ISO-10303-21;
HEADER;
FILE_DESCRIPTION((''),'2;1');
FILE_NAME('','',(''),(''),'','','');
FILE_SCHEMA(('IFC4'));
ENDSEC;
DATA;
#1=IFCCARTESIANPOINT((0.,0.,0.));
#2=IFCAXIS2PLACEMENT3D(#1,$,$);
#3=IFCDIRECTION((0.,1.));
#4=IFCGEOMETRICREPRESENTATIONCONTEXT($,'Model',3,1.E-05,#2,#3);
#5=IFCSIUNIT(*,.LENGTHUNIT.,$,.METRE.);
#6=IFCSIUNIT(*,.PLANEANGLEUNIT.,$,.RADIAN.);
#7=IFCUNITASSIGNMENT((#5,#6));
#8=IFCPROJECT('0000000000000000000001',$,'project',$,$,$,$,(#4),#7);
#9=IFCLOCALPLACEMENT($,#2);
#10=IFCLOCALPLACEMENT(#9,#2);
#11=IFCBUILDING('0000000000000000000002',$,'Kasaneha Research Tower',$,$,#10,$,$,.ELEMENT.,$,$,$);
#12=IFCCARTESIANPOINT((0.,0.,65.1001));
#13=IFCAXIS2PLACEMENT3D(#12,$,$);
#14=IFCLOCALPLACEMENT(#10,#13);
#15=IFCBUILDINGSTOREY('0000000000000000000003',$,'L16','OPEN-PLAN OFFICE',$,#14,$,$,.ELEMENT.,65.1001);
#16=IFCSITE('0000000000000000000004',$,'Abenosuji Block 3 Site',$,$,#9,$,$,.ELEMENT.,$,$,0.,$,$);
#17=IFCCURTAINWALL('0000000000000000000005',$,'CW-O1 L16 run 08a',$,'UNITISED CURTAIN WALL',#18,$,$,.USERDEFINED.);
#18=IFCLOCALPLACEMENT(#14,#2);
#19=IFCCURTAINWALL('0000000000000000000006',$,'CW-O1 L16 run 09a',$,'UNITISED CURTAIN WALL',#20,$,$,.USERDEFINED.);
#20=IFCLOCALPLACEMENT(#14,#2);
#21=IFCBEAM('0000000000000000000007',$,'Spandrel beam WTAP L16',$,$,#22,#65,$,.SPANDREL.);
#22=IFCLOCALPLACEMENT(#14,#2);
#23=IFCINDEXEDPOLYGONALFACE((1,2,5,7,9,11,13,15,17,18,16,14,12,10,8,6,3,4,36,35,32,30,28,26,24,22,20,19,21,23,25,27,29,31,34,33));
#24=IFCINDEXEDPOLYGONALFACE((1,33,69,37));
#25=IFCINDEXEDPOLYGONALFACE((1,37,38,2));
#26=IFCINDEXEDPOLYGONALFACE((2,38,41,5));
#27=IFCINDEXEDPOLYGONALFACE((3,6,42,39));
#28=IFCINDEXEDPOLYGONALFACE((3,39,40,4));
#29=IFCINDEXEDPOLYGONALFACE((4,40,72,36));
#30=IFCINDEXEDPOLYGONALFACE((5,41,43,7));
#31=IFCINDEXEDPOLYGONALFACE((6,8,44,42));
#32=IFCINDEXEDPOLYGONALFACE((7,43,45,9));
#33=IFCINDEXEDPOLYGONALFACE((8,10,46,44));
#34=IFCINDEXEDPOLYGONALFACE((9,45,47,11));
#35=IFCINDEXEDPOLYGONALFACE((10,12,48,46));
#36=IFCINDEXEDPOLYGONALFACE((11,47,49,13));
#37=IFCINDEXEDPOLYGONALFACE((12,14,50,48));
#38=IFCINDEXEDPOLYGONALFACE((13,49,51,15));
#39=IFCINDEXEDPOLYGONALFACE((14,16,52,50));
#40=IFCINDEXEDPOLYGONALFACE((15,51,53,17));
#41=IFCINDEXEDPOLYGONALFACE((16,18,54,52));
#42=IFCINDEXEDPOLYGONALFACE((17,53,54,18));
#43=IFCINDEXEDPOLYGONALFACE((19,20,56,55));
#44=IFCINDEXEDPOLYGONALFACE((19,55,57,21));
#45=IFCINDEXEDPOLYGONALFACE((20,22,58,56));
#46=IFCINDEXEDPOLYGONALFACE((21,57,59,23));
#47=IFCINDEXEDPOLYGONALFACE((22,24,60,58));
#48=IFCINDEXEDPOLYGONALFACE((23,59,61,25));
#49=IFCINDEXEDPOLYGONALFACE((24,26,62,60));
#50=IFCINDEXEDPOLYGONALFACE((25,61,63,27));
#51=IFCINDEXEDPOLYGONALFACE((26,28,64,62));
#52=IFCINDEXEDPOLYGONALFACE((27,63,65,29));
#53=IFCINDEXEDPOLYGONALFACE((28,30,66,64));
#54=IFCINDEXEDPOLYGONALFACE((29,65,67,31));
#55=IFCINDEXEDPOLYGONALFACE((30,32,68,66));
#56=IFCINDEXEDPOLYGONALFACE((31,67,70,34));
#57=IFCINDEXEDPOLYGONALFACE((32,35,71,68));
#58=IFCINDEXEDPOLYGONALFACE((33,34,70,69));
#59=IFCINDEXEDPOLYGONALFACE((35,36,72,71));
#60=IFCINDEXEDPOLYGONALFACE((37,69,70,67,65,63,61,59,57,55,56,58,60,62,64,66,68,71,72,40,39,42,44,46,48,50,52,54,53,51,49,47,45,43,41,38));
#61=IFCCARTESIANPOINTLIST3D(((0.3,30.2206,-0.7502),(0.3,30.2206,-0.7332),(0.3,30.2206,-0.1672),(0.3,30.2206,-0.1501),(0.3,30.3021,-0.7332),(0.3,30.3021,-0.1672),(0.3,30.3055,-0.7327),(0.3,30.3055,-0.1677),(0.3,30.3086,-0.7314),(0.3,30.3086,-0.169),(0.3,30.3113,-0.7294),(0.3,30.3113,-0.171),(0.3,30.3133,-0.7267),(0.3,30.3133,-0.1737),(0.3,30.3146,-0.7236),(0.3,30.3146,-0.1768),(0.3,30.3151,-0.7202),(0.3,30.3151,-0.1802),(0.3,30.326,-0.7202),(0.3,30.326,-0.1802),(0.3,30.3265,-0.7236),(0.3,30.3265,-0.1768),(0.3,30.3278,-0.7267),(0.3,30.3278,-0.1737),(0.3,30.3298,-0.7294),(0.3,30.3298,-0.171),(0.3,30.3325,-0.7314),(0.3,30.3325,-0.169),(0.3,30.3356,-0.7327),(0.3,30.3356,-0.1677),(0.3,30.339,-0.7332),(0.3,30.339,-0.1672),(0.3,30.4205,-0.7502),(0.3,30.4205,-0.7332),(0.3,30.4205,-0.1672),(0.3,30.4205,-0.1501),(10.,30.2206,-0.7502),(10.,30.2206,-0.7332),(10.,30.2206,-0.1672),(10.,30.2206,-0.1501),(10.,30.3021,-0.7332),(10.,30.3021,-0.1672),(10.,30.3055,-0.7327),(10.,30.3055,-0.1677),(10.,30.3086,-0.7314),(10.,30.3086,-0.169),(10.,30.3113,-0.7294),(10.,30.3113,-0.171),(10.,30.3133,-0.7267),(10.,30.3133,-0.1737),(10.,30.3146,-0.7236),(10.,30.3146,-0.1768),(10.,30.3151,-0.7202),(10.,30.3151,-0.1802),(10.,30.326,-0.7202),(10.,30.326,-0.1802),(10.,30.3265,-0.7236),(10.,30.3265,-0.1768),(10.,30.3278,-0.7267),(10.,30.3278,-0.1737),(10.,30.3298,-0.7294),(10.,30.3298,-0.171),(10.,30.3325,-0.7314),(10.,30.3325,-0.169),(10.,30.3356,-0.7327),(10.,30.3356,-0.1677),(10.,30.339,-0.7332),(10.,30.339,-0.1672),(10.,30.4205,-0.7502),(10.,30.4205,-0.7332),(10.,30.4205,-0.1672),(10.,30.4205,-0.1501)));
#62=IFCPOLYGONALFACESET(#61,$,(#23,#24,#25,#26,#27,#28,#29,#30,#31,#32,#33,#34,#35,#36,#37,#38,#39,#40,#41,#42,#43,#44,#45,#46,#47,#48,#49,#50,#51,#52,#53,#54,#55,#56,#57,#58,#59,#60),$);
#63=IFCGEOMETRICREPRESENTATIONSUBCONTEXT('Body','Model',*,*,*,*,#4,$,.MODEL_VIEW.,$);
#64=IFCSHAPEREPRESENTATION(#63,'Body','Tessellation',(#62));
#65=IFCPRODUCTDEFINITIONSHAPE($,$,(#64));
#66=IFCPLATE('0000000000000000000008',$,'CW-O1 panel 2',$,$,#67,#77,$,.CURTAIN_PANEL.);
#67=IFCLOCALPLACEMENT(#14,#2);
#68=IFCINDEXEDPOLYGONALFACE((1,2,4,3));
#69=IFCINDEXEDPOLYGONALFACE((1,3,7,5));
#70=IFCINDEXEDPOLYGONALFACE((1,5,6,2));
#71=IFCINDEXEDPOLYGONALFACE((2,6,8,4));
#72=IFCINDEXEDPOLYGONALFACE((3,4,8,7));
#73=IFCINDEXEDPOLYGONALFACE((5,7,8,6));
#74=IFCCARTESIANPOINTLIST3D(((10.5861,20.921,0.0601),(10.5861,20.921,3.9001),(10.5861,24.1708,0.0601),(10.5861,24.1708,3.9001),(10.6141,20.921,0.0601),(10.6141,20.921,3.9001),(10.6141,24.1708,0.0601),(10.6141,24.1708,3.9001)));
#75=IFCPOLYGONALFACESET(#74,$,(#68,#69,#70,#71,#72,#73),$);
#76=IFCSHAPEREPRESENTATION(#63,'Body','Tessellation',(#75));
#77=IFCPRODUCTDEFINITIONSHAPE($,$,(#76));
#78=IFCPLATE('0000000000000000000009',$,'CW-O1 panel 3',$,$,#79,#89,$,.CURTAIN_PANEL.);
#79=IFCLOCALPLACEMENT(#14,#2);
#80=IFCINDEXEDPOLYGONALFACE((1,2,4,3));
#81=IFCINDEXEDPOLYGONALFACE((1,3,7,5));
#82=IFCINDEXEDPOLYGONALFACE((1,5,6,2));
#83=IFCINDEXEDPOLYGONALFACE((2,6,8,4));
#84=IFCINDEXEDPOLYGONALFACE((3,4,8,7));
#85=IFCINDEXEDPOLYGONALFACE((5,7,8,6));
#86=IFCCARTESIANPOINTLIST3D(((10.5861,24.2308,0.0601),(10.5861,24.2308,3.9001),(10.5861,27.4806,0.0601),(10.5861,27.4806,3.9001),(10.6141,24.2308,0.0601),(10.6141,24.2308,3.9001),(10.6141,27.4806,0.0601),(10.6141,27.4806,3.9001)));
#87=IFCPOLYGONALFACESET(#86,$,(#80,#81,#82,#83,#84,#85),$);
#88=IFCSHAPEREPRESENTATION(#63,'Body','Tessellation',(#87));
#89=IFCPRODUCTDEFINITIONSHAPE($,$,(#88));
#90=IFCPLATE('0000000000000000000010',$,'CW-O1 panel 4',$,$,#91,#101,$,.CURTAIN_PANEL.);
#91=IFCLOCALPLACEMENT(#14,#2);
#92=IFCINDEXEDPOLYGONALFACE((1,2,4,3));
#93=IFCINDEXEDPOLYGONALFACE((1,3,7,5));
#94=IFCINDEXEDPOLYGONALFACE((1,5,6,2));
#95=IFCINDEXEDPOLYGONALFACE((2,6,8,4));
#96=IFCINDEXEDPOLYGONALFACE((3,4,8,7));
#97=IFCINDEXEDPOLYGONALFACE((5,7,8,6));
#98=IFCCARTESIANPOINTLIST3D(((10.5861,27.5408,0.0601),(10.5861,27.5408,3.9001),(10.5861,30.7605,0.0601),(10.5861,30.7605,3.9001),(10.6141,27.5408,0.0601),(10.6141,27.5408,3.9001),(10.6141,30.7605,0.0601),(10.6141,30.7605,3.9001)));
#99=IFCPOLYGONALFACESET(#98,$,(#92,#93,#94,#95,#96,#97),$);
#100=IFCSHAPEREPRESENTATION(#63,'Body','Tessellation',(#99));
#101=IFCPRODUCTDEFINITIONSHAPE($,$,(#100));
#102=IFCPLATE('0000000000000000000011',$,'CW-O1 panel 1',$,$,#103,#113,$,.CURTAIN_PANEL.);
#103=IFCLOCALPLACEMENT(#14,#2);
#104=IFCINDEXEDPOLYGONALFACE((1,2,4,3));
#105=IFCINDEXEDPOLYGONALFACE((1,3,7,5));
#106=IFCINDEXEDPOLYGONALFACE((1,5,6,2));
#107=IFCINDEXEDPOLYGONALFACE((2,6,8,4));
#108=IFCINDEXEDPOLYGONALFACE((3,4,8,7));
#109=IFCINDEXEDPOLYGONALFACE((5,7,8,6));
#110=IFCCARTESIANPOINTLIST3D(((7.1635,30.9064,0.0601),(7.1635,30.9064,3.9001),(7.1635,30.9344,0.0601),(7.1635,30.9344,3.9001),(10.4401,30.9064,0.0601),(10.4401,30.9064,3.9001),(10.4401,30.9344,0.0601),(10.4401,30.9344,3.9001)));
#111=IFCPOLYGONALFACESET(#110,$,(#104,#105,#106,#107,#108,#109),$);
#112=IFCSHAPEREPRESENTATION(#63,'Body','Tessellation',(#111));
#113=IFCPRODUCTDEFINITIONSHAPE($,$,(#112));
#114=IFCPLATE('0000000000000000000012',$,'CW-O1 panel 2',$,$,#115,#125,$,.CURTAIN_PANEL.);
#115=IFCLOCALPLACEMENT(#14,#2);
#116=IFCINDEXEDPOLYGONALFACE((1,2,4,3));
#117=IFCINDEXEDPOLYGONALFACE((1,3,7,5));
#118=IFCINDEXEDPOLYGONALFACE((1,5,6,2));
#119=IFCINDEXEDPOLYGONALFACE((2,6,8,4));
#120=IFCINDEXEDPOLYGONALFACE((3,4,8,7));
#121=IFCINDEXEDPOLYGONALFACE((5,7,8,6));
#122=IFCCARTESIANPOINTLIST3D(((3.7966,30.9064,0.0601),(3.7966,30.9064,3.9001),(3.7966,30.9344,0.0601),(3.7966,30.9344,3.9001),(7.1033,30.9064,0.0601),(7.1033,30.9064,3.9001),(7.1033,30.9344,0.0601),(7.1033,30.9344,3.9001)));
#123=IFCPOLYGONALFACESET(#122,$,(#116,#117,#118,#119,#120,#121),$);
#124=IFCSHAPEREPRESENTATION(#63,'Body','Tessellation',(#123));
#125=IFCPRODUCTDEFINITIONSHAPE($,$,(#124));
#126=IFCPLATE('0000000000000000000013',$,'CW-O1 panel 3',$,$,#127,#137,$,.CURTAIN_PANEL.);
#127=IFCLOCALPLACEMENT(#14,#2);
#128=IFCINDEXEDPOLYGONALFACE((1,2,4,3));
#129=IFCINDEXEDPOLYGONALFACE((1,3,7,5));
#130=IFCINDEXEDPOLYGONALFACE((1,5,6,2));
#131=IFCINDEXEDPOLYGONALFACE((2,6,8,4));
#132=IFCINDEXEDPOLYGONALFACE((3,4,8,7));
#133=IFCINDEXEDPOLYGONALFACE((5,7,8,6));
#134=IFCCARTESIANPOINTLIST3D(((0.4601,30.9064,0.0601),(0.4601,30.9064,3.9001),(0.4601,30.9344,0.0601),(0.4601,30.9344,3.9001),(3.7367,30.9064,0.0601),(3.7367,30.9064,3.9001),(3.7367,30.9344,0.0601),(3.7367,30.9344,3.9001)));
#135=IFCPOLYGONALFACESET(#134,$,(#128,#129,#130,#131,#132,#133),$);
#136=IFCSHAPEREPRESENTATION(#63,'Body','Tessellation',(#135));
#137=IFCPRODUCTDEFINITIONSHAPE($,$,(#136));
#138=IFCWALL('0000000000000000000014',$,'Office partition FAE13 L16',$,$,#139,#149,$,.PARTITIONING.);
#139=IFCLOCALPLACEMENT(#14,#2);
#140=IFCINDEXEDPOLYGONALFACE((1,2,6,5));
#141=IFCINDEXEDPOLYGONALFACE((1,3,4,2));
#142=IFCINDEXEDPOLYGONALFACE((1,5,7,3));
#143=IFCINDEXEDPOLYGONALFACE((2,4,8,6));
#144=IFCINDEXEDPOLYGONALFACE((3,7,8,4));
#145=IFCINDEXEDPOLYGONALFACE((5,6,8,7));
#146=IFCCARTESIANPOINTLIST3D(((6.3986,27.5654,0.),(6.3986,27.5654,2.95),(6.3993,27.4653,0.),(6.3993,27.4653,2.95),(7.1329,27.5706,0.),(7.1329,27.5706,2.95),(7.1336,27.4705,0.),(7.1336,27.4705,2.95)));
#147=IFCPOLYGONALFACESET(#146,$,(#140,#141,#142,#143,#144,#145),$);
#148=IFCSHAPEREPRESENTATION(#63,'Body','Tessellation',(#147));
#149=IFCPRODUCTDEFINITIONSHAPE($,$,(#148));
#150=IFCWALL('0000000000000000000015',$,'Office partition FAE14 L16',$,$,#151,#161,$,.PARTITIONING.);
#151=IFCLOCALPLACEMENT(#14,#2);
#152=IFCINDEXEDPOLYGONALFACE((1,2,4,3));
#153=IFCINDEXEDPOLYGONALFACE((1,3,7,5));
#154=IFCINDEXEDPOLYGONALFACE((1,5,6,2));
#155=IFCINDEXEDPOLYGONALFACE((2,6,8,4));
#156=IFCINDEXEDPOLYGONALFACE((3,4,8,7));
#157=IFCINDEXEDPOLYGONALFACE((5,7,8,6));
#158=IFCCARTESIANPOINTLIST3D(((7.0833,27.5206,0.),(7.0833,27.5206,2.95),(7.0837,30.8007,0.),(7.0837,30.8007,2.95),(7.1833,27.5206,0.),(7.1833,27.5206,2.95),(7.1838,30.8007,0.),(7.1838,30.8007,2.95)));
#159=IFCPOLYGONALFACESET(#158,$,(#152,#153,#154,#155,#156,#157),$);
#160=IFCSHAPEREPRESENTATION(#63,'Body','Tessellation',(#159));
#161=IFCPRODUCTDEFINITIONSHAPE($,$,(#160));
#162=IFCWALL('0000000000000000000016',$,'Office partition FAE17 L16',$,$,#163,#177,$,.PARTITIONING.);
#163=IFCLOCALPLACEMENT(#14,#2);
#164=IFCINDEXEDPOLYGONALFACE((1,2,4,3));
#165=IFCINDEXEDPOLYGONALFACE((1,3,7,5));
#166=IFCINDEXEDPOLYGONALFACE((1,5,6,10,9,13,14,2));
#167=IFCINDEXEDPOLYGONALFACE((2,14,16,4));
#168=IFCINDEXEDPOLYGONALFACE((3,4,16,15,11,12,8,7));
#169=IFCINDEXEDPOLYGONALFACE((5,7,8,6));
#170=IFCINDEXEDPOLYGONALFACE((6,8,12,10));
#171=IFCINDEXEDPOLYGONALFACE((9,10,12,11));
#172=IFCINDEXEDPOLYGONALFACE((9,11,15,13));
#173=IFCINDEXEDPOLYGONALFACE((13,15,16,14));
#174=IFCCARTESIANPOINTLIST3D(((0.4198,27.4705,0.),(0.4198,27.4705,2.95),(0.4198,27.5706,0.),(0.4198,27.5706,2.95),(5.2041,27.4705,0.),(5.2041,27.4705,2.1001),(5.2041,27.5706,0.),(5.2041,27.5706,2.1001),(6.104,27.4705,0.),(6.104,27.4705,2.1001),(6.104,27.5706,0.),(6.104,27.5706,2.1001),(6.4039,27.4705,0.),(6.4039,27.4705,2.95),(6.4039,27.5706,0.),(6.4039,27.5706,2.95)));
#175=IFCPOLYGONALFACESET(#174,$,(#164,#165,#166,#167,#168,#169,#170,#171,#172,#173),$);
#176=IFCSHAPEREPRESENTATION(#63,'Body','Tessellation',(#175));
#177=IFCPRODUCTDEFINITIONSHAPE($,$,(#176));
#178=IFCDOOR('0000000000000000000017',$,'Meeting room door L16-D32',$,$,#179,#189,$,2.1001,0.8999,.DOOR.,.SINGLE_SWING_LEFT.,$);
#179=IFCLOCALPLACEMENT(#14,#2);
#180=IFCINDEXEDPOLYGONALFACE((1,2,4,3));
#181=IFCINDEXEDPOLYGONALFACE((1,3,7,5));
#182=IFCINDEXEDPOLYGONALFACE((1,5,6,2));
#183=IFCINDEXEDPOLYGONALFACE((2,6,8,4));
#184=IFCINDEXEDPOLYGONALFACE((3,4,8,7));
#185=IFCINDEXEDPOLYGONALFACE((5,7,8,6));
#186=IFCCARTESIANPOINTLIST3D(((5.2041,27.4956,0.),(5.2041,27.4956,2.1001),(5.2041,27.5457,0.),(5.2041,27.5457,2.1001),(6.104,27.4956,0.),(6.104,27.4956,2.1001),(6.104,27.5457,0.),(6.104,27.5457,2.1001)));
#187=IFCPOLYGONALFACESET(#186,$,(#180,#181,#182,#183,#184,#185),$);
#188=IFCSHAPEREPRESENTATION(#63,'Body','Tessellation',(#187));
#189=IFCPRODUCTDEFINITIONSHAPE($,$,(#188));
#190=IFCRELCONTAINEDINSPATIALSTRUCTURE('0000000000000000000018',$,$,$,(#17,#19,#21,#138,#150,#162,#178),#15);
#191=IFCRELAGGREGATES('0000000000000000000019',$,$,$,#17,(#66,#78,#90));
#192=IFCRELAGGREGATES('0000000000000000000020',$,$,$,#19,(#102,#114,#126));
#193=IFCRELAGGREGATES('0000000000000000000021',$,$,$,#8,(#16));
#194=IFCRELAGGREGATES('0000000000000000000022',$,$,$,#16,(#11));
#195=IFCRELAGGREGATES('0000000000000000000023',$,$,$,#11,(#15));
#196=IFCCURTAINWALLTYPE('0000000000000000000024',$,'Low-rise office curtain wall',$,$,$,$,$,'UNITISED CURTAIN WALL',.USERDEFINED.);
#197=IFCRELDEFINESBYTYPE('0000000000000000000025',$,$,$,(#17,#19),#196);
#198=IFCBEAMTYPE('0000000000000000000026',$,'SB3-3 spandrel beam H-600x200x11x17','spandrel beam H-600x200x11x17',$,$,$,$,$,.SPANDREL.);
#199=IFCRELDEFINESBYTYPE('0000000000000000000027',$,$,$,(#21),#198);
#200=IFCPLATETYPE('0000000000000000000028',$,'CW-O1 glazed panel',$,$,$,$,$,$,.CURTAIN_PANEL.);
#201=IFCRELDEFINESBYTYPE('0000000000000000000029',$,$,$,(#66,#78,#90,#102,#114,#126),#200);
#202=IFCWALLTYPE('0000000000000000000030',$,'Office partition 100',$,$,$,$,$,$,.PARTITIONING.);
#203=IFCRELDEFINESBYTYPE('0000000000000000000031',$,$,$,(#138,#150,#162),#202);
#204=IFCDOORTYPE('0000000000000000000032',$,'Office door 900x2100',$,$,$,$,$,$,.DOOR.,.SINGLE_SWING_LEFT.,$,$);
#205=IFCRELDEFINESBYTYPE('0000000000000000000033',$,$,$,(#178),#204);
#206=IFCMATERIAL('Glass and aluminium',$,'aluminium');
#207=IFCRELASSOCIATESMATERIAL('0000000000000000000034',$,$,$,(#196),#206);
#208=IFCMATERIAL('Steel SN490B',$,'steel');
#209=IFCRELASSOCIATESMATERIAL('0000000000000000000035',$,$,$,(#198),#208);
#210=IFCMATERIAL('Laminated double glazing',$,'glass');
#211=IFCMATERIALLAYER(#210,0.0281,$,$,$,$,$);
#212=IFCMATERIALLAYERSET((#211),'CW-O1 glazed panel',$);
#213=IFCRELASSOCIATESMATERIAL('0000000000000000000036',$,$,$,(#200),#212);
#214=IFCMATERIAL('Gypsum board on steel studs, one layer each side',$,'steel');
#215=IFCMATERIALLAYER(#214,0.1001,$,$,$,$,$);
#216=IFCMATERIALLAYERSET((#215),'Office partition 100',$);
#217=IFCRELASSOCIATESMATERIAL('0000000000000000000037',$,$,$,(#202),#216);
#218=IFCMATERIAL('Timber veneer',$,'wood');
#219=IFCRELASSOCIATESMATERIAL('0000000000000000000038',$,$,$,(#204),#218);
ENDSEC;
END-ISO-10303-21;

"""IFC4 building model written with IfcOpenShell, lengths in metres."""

from ifc_helpers import new_model, si_unit, direction, frame, frame_2d, origin, origin_2d, place, context, subcontext, project, spatial, rectangle, i_section, extrude, material, layer, layer_set, material_profile, profile_set, type_object, element, fill, aggregate, save


model = new_model("IFC4")

# Units and contexts
model_context = context("Model", 3, precision=1e-05, world=origin(), true_north=direction((0.0, 1.0)))
body_context = subcontext(model_context, "Body", "Model", "MODEL_VIEW")
ifc_project = project(units=[si_unit("LENGTHUNIT", "METRE"), si_unit("PLANEANGLEUNIT", "RADIAN")], contexts=[model_context])

# Site, building, storey
site_placement = place(None, origin())
site = spatial("IfcSite", under=ifc_project, at=site_placement, Name="Abenosuji Block 3 Site", CompositionType="ELEMENT", RefElevation=0.0)
building_placement = place(site_placement, origin())
building = spatial("IfcBuilding", under=site, at=building_placement, Name="Kasaneha Research Tower", CompositionType="ELEMENT")
storey_placement = place(building_placement, frame((0.0, 0.0, 65.1001)))
storey = spatial("IfcBuildingStorey", under=building, at=storey_placement, Name="L16", Description="OPEN-PLAN OFFICE", CompositionType="ELEMENT", Elevation=65.1001)

# Curtain walls
ifc_material_1 = material(Name="Glass and aluminium", Category="aluminium")
curtain_wall_type = type_object("IfcCurtainWallType", Name="Low-rise office curtain wall", ElementType="UNITISED CURTAIN WALL", PredefinedType="USERDEFINED", material=ifc_material_1)
curtain_wall_1_placement = place(storey_placement, origin())
curtain_wall_1 = element("IfcCurtainWall", 1, at=curtain_wall_1_placement, inside=storey, type_object=curtain_wall_type, Name="CW-O1 L16 run 08a", ObjectType="UNITISED CURTAIN WALL", PredefinedType="USERDEFINED")
curtain_wall_2_placement = place(storey_placement, origin())
curtain_wall_2 = element("IfcCurtainWall", 2, at=curtain_wall_2_placement, inside=storey, type_object=curtain_wall_type, Name="CW-O1 L16 run 09a", ObjectType="UNITISED CURTAIN WALL", PredefinedType="USERDEFINED")

# Beam
ifc_material_2 = material(Name="Steel SN490B", Category="steel")
ifc_material_profile_1 = material_profile(ifc_material_2, i_section(OverallWidth=0.2, OverallDepth=0.6001, WebThickness=0.011, FlangeThickness=0.0171, FilletRadius=0.0129, at=origin_2d()), Name="H-600x200x11x17")
ifc_profile_set_1 = profile_set([ifc_material_profile_1], Name="Steel SN490B")
beam_type_1 = type_object("IfcBeamType", Name="SB3-3 spandrel beam H-600x200x11x17", Description="spandrel beam H-600x200x11x17", PredefinedType="SPANDREL", material=ifc_profile_set_1)
beam_1_placement = place(storey_placement, frame((10.0, 30.3206, -0.4502), z_axis=(-1.0, 0.0, 0.0), x_axis=(0.0, -1.0, 0.0)))
element("IfcBeam", 3, at=beam_1_placement, inside=storey, type_object=beam_type_1, Name="Spandrel beam WTAP L16", PredefinedType="SPANDREL", context=body_context, shape_type="SweptSolid", body=[
    extrude(i_section(OverallWidth=0.2, OverallDepth=0.6001, WebThickness=0.011, FlangeThickness=0.0171, FilletRadius=0.0129, at=origin_2d()), origin(), (0.0, 0.0, 1.0), 9.7),
])

# Plates
ifc_material_3 = material(Name="Laminated double glazing", Category="glass")
ifc_layer_1 = layer(ifc_material_3, 0.0281)
ifc_layer_set_1 = layer_set([ifc_layer_1], Name="CW-O1 glazed panel")
plate_type = type_object("IfcPlateType", Name="CW-O1 glazed panel", PredefinedType="CURTAIN_PANEL", material=ifc_layer_set_1)
plate_1_placement = place(storey_placement, frame((10.6001, 22.5459, 0.0601), z_axis=(0.0, 0.0, 1.0), x_axis=(0.0, 1.0, 0.0)))
plate_1 = element("IfcPlate", 4, at=plate_1_placement, type_object=plate_type, Name="CW-O1 panel 2", PredefinedType="CURTAIN_PANEL", context=body_context, shape_type="SweptSolid", body=[
    extrude(rectangle(XDim=3.2498, YDim=0.0281, at=origin_2d()), origin(), (0.0, 0.0, 1.0), 3.8401),
])
plate_2_placement = place(storey_placement, frame((10.6001, 25.8557, 0.0601), z_axis=(0.0, 0.0, 1.0), x_axis=(0.0, 1.0, 0.0)))
plate_2 = element("IfcPlate", 5, at=plate_2_placement, type_object=plate_type, Name="CW-O1 panel 3", PredefinedType="CURTAIN_PANEL", context=body_context, shape_type="SweptSolid", body=[
    extrude(rectangle(XDim=3.2498, YDim=0.0281, at=origin_2d()), origin(), (0.0, 0.0, 1.0), 3.8401),
])
plate_3_placement = place(storey_placement, frame((10.6001, 29.1506, 0.0601), z_axis=(0.0, 0.0, 1.0), x_axis=(0.0, 1.0, 0.0)))
plate_3 = element("IfcPlate", 6, at=plate_3_placement, type_object=plate_type, Name="CW-O1 panel 4", PredefinedType="CURTAIN_PANEL", context=body_context, shape_type="SweptSolid", body=[
    extrude(rectangle(XDim=3.2197, YDim=0.0281, at=origin_2d()), origin(), (0.0, 0.0, 1.0), 3.8401),
])
aggregate(curtain_wall_1, [plate_1, plate_2, plate_3])
plate_4_placement = place(storey_placement, frame((8.8018, 30.9204, 0.0601), z_axis=(0.0, 0.0, 1.0), x_axis=(-1.0, 0.0, 0.0)))
plate_4 = element("IfcPlate", 7, at=plate_4_placement, type_object=plate_type, Name="CW-O1 panel 1", PredefinedType="CURTAIN_PANEL", context=body_context, shape_type="SweptSolid", body=[
    extrude(rectangle(XDim=3.2766, YDim=0.0281, at=origin_2d()), origin(), (0.0, 0.0, 1.0), 3.8401),
])
plate_5_placement = place(storey_placement, frame((5.45, 30.9204, 0.0601), z_axis=(0.0, 0.0, 1.0), x_axis=(-1.0, 0.0, 0.0)))
plate_5 = element("IfcPlate", 8, at=plate_5_placement, type_object=plate_type, Name="CW-O1 panel 2", PredefinedType="CURTAIN_PANEL", context=body_context, shape_type="SweptSolid", body=[
    extrude(rectangle(XDim=3.3066, YDim=0.0281, at=origin_2d()), origin(), (0.0, 0.0, 1.0), 3.8401),
])
plate_6_placement = place(storey_placement, frame((2.0984, 30.9204, 0.0601), z_axis=(0.0, 0.0, 1.0), x_axis=(-1.0, 0.0, 0.0)))
plate_6 = element("IfcPlate", 9, at=plate_6_placement, type_object=plate_type, Name="CW-O1 panel 3", PredefinedType="CURTAIN_PANEL", context=body_context, shape_type="SweptSolid", body=[
    extrude(rectangle(XDim=3.2766, YDim=0.0281, at=origin_2d()), origin(), (0.0, 0.0, 1.0), 3.8401),
])
aggregate(curtain_wall_2, [plate_4, plate_5, plate_6])

# Walls
ifc_material_4 = material(Name="Gypsum board on steel studs, one layer each side", Category="steel")
ifc_layer_2 = layer(ifc_material_4, 0.1001)
ifc_layer_set_2 = layer_set([ifc_layer_2], Name="Office partition 100")
wall_type = type_object("IfcWallType", Name="Office partition 100", PredefinedType="PARTITIONING", material=ifc_layer_set_2)
wall_1_placement = place(storey_placement, frame((6.3989, 27.5154, 0.0), z_axis=(0.0, 0.0, 1.0), x_axis=(0.999976, 0.006981, 0.0)))
element("IfcWall", 10, at=wall_1_placement, inside=storey, type_object=wall_type, Name="Office partition FAE13 L16", PredefinedType="PARTITIONING", context=body_context, shape_type="SweptSolid", body=[
    extrude(rectangle(XDim=0.7344, YDim=0.1001, at=frame_2d((0.3672, 0.0))), origin(), (0.0, 0.0, 1.0), 2.95),
])
wall_2_placement = place(storey_placement, frame((7.1333, 27.5205, 0.0), z_axis=(0.0, 0.0, 1.0), x_axis=(0.000149, 1.0, 0.0)))
element("IfcWall", 11, at=wall_2_placement, inside=storey, type_object=wall_type, Name="Office partition FAE14 L16", PredefinedType="PARTITIONING", context=body_context, shape_type="SweptSolid", body=[
    extrude(rectangle(XDim=3.28, YDim=0.1001, at=frame_2d((1.6401, 0.0))), origin(), (0.0, 0.0, 1.0), 2.95),
])

# Wall, opening, door
wall_3_placement = place(storey_placement, frame((6.4041, 27.5205, 0.0), z_axis=(0.0, 0.0, 1.0), x_axis=(-1.0, 0.0, 0.0)))
wall_3 = element("IfcWall", 12, at=wall_3_placement, inside=storey, type_object=wall_type, Name="Office partition FAE17 L16", PredefinedType="PARTITIONING", context=body_context, shape_type="SweptSolid", body=[
    extrude(rectangle(XDim=5.9841, YDim=0.1001, at=frame_2d((2.9922, 0.0))), origin(), (0.0, 0.0, 1.0), 2.95),
])
opening_placement = place(wall_3_placement, frame((0.3, 0.0, 0.0)))
opening = element("IfcOpeningElement", 13, at=opening_placement, cuts=wall_3, PredefinedType="OPENING", context=body_context, shape_type="SweptSolid", body=[
    extrude(rectangle(XDim=0.8999, YDim=2.1001, at=frame_2d((0.45, 1.05))), frame((0.0, 0.0601, 0.0), z_axis=(0.0, -1.0, 0.0), x_axis=(1.0, 0.0, 0.0)), (0.0, 0.0, 1.0), 0.1201),
])
ifc_material_5 = material(Name="Timber veneer", Category="wood")
door_type = type_object("IfcDoorType", Name="Office door 900x2100", OperationType="SINGLE_SWING_LEFT", PredefinedType="DOOR", material=ifc_material_5)
door_placement = place(opening_placement, origin())
door = element("IfcDoor", 14, at=door_placement, inside=storey, type_object=door_type, Name="Meeting room door L16-D32", OperationType="SINGLE_SWING_LEFT", OverallHeight=2.1001, OverallWidth=0.8999, PredefinedType="DOOR", context=body_context, shape_type="SweptSolid", body=[
    extrude(rectangle(XDim=0.8999, YDim=2.1001, at=frame_2d((0.45, 1.05))), frame((0.0, 0.0249, 0.0), z_axis=(0.0, -1.0, 0.0), x_axis=(1.0, 0.0, 0.0)), (0.0, 0.0, 1.0), 0.05),
])
fill(opening, door)

save(model, "model.ifc")
